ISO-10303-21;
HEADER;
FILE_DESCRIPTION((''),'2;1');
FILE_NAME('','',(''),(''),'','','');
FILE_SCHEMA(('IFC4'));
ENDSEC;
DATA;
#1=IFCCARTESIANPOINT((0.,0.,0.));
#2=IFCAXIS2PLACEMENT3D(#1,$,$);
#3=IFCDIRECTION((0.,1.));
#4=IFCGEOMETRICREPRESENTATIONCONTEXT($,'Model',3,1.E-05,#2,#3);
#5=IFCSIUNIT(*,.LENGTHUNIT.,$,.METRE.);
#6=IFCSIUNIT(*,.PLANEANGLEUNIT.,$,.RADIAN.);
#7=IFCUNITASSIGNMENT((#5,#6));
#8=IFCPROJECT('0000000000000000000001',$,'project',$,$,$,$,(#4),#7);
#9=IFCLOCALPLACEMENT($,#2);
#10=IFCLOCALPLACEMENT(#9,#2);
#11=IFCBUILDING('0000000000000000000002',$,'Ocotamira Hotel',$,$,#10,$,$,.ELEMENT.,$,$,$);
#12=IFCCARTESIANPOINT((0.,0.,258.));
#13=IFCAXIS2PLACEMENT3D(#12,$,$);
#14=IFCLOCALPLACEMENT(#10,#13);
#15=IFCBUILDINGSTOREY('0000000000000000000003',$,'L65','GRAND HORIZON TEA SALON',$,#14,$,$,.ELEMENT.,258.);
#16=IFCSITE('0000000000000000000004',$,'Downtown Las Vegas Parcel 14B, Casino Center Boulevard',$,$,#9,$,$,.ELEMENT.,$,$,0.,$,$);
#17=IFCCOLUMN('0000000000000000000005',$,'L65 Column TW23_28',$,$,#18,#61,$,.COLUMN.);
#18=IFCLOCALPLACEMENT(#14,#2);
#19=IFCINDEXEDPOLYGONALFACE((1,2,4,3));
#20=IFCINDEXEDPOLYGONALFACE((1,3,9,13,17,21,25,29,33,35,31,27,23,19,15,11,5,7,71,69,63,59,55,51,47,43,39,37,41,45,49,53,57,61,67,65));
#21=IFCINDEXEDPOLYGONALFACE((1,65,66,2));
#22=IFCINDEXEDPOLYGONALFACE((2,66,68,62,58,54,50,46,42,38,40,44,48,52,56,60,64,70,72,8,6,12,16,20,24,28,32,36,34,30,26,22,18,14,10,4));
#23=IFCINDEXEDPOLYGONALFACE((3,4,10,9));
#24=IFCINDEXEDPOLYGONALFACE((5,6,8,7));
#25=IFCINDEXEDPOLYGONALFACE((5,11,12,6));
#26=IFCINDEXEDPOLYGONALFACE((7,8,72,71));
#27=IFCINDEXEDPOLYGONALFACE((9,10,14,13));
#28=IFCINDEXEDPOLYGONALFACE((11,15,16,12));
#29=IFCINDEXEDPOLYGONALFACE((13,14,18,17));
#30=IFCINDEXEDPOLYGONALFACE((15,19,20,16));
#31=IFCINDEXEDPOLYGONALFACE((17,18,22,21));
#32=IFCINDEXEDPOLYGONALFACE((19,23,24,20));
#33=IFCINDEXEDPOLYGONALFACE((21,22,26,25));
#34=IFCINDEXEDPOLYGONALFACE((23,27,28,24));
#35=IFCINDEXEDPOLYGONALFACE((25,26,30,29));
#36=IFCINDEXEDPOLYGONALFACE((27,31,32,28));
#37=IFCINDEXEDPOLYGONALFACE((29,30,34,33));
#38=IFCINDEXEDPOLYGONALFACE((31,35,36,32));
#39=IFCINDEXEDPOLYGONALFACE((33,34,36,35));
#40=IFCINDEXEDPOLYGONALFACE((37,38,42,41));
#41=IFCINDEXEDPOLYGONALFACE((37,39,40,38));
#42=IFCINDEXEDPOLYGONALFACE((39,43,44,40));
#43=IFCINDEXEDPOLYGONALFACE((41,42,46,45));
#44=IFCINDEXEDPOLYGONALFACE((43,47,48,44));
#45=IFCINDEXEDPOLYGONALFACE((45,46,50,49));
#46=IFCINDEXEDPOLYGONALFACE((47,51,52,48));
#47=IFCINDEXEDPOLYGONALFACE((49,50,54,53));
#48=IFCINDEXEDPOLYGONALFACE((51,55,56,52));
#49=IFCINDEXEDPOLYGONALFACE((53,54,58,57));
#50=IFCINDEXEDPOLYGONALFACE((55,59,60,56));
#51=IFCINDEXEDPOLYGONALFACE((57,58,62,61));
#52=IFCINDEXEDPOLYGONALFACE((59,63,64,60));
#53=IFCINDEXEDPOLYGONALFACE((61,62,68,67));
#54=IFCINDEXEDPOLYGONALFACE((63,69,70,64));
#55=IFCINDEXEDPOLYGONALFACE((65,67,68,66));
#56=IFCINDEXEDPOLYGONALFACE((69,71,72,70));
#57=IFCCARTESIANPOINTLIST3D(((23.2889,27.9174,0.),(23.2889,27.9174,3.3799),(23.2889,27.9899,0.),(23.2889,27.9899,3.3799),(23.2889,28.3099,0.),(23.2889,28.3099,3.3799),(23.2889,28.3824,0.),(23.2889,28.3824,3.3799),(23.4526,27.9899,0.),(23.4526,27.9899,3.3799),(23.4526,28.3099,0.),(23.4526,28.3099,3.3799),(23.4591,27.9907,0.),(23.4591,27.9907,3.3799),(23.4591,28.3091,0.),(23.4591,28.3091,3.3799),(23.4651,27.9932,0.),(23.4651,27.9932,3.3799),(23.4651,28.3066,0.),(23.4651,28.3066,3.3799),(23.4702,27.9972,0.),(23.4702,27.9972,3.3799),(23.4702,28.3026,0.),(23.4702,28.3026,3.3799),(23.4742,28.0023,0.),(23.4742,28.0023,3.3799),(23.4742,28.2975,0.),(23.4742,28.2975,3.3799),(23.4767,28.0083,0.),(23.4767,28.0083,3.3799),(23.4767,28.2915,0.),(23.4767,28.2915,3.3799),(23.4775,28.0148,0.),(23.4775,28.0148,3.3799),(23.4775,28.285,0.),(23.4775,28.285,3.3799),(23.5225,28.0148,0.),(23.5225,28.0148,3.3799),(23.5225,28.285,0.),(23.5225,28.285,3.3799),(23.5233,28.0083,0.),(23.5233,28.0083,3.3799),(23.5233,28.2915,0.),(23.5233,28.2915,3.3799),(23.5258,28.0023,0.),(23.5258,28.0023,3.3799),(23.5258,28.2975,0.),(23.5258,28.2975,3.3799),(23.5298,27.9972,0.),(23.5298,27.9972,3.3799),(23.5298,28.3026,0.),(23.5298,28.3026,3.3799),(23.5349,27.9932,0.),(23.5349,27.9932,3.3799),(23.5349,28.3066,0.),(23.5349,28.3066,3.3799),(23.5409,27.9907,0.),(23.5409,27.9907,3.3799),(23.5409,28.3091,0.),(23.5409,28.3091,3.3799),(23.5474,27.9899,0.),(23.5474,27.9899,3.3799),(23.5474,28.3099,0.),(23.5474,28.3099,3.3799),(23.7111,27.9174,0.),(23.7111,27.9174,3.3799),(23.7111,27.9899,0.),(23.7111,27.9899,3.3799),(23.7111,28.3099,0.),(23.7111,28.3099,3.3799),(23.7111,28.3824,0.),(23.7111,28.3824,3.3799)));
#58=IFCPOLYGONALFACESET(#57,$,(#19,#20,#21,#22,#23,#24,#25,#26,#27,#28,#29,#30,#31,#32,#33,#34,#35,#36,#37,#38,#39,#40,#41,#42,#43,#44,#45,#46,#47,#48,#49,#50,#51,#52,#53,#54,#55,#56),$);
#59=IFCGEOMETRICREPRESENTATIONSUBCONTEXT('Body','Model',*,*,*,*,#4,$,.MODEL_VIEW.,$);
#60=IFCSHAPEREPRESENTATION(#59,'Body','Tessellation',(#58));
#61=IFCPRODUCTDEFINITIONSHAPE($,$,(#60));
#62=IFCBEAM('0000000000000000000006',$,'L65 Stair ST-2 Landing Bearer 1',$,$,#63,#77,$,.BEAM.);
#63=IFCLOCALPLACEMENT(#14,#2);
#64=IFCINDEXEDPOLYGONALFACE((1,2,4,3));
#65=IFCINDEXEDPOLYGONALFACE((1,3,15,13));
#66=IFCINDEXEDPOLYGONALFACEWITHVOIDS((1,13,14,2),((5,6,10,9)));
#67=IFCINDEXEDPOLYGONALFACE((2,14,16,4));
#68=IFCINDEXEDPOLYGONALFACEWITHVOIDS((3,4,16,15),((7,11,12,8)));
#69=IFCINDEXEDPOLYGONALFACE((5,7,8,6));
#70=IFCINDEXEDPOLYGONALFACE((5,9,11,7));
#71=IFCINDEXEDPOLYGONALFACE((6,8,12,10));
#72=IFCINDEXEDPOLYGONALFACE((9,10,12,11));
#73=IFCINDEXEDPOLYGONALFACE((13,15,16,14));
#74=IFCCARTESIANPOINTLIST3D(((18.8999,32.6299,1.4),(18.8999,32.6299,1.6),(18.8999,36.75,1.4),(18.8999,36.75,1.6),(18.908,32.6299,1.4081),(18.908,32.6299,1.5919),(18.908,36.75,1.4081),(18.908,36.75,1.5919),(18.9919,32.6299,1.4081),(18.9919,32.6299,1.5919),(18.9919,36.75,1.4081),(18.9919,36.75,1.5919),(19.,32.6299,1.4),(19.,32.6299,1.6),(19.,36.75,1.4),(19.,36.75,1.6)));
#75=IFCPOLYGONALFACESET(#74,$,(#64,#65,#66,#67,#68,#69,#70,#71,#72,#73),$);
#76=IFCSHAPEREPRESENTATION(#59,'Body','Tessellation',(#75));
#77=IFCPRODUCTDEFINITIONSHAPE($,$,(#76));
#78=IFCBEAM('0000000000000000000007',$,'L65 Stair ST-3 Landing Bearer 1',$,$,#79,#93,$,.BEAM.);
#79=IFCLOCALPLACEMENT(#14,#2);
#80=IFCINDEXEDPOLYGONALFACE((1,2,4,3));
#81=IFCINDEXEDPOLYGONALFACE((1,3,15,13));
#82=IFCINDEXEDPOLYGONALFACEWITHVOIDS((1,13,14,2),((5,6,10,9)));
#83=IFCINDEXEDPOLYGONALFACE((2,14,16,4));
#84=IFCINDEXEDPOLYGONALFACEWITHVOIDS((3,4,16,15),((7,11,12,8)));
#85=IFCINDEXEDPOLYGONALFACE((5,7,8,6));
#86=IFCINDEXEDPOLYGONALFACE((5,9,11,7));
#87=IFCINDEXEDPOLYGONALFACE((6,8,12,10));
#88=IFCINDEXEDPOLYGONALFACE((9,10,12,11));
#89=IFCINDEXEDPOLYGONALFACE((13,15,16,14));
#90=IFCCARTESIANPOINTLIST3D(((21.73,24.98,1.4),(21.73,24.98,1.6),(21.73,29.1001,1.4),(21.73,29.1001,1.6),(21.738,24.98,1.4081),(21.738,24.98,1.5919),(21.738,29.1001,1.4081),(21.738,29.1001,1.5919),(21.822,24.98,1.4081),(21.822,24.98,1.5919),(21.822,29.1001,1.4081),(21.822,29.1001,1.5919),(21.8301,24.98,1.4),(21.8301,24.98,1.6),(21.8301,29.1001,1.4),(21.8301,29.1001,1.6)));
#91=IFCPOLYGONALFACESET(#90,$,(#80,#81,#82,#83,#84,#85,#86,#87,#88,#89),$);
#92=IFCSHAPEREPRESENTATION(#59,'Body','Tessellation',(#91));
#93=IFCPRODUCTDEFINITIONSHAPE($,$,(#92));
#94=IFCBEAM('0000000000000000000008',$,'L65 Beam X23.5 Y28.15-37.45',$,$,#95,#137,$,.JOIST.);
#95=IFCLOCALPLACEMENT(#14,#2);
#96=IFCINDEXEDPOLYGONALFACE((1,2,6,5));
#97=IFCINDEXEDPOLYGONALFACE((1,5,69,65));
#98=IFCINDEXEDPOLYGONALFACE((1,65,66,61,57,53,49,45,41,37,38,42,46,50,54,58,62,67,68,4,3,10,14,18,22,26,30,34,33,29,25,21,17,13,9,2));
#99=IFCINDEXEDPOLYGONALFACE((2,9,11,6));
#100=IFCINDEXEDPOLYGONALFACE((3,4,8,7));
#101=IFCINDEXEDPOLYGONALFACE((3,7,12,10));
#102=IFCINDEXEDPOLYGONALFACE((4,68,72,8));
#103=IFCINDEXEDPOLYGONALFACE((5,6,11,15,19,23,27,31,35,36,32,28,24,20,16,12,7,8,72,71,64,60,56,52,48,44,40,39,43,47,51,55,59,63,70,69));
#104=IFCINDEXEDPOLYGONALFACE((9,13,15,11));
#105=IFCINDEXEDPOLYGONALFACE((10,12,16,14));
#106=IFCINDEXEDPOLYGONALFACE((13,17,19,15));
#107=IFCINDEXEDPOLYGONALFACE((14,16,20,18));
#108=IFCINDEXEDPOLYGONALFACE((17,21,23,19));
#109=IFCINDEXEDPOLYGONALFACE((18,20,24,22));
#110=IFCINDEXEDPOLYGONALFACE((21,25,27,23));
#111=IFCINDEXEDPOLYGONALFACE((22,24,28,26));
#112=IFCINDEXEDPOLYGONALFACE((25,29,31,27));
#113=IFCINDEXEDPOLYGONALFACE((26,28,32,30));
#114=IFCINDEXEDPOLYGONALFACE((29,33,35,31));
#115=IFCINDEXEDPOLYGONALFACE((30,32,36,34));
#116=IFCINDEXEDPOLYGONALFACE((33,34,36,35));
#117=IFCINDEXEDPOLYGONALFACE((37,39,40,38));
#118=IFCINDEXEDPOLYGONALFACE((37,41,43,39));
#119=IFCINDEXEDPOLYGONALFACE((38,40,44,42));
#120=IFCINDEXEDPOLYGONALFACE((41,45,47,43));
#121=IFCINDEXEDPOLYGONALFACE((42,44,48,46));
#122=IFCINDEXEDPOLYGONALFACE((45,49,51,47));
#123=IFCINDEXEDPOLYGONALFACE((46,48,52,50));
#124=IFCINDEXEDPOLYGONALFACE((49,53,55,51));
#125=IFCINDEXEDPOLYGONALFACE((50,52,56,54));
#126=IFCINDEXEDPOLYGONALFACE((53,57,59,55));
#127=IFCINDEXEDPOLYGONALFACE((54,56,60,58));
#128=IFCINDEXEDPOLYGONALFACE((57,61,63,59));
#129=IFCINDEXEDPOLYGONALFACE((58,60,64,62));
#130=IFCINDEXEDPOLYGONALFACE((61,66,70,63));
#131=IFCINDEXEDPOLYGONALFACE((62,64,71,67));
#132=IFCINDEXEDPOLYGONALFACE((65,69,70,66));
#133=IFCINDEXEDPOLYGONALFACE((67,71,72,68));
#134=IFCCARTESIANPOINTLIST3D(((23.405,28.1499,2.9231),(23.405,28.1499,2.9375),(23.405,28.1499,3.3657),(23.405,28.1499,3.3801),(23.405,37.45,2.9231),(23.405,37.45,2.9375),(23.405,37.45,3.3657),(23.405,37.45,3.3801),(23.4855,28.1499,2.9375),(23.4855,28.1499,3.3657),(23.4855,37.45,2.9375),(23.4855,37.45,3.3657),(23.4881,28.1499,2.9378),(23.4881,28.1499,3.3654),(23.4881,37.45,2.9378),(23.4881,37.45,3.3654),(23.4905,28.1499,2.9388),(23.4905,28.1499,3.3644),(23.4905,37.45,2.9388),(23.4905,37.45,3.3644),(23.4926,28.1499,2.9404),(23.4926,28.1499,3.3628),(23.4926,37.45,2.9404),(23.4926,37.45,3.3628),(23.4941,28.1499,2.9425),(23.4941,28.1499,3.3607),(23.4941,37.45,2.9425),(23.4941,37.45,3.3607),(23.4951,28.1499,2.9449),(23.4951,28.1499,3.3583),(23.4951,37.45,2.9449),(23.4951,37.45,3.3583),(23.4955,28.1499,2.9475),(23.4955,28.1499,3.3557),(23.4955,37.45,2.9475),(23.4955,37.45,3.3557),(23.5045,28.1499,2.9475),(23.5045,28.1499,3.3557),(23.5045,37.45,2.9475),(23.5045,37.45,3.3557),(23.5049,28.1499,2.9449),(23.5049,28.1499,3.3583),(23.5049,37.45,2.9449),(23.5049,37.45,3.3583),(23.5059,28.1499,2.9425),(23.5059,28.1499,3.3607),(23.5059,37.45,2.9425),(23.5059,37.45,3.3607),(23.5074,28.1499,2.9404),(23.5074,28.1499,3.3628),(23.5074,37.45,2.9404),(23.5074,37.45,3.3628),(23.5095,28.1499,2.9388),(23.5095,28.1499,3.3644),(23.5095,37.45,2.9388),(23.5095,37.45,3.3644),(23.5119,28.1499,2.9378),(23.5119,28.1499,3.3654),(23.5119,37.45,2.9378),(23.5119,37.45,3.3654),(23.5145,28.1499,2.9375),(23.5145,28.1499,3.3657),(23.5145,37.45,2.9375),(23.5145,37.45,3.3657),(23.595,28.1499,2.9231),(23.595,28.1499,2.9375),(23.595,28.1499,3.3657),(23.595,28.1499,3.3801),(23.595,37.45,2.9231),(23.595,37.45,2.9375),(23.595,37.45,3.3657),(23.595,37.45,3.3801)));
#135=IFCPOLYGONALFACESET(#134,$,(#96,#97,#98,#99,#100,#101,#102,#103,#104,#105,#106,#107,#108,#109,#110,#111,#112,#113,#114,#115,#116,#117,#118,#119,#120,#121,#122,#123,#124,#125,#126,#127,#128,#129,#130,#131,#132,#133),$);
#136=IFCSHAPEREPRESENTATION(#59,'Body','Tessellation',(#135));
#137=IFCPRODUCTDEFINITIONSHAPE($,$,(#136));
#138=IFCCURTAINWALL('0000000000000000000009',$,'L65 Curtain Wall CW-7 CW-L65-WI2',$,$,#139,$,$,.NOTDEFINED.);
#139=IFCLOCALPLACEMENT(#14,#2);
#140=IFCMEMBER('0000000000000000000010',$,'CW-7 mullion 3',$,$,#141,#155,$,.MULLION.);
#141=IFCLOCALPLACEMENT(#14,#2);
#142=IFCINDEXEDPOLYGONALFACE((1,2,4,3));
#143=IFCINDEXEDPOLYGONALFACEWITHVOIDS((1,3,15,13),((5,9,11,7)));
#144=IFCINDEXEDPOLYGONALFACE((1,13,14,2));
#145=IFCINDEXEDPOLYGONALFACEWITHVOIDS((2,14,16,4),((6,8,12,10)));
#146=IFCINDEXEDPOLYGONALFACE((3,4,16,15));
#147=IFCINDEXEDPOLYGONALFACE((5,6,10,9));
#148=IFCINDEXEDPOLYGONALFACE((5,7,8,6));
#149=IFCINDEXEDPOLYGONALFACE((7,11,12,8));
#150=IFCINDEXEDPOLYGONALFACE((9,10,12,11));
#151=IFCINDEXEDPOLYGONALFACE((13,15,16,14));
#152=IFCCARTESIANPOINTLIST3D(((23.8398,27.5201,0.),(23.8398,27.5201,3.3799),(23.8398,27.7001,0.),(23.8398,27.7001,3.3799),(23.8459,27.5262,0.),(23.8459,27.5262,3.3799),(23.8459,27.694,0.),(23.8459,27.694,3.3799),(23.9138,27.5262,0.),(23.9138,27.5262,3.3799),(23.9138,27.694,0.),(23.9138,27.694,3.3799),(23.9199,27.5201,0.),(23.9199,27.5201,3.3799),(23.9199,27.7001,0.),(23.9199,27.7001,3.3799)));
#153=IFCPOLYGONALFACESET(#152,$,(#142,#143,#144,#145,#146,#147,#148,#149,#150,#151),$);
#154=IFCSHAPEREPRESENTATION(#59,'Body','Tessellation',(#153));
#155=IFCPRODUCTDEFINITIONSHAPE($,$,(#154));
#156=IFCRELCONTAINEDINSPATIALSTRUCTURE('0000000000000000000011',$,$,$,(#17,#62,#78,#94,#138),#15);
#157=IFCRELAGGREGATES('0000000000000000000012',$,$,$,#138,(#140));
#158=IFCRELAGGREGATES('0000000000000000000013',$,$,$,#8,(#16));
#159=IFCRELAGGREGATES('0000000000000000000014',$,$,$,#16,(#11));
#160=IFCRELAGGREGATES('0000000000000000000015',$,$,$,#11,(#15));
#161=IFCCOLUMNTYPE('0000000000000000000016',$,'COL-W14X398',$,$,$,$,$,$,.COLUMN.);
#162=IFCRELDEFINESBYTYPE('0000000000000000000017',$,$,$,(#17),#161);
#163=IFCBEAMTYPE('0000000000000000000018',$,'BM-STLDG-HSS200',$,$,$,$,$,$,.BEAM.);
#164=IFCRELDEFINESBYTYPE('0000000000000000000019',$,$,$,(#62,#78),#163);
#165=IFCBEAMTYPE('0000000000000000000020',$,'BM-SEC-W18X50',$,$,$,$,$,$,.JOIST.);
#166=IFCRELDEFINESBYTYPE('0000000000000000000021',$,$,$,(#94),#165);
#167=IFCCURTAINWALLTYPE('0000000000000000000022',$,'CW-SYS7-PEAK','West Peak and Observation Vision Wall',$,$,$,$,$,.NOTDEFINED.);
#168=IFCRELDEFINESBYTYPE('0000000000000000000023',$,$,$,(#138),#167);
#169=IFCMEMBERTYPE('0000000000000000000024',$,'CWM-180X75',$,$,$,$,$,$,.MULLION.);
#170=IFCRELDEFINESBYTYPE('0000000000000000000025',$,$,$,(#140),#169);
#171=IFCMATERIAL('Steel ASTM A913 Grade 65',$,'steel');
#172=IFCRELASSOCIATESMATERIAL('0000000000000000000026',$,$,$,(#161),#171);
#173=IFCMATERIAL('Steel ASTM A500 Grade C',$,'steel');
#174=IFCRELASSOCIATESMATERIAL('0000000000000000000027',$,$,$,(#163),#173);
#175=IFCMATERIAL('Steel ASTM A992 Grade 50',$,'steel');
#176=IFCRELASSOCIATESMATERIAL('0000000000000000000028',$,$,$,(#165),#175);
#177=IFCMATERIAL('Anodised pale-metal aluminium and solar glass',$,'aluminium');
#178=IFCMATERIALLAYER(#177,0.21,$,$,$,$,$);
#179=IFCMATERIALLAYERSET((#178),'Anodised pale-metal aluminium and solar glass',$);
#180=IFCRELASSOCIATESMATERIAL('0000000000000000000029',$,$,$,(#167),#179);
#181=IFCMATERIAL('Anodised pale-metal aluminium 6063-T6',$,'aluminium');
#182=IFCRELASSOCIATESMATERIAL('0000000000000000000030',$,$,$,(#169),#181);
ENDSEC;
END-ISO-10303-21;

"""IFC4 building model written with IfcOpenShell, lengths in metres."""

from ifc_helpers import new_model, si_unit, direction, frame, origin, origin_2d, place, context, subcontext, project, spatial, hollow_rectangle, i_section, extrude, source, transform, mapped, material, layer, layer_set, material_profile, profile_set, type_object, element, aggregate, save


model = new_model("IFC4")

# Units and contexts
model_context = context("Model", 3, precision=1e-05, world=origin(), true_north=direction((0.0, 1.0)))
body_context = subcontext(model_context, "Body", "Model", "MODEL_VIEW")
ifc_project = project(units=[si_unit("LENGTHUNIT", "METRE"), si_unit("PLANEANGLEUNIT", "RADIAN")], contexts=[model_context])

# Site, building, storey
site_placement = place(None, origin())
site = spatial("IfcSite", under=ifc_project, at=site_placement, Name="Downtown Las Vegas Parcel 14B, Casino Center Boulevard", CompositionType="ELEMENT", RefElevation=0.0)
building_placement = place(site_placement, origin())
building = spatial("IfcBuilding", under=site, at=building_placement, Name="Ocotamira Hotel", CompositionType="ELEMENT")
storey_placement = place(building_placement, frame((0.0, 0.0, 258.0)))
storey = spatial("IfcBuildingStorey", under=building, at=storey_placement, Name="L65", Description="GRAND HORIZON TEA SALON", CompositionType="ELEMENT", Elevation=258.0)

# Column
ifc_material_1 = material(Name="Steel ASTM A913 Grade 65", Category="steel")
ifc_material_profile_1 = material_profile(ifc_material_1, i_section(OverallWidth=0.4221, OverallDepth=0.4651, WebThickness=0.0449, FlangeThickness=0.0725, FilletRadius=0.0249, at=origin_2d()), Name="W14X398")
ifc_profile_set_1 = profile_set([ifc_material_profile_1], Name="Steel ASTM A913 Grade 65")
column_type = type_object("IfcColumnType", Name="COL-W14X398", PredefinedType="COLUMN", material=ifc_profile_set_1)
shared_shape_1 = source(origin(), body_context, "Body", "SweptSolid", [
    extrude(i_section(OverallWidth=0.4221, OverallDepth=0.4651, WebThickness=0.0449, FlangeThickness=0.0725, FilletRadius=0.0249, at=origin_2d()), origin(), (0.0, 0.0, 1.0), 3.3799),
])
column_placement = place(storey_placement, frame((23.5, 28.1499, 0.0), z_axis=(0.0, 0.0, 1.0), x_axis=(1.0, 0.0, 0.0)))
element("IfcColumn", 1, at=column_placement, inside=storey, type_object=column_type, Name="L65 Column TW23_28", PredefinedType="COLUMN", context=body_context, shape_type="MappedRepresentation", body=[
    mapped(shared_shape_1, transform((0.0, 0.0, 0.0), scale=1.0)),
])

# Beams
ifc_material_2 = material(Name="Steel ASTM A500 Grade C", Category="steel")
ifc_material_profile_2 = material_profile(ifc_material_2, hollow_rectangle(XDim=0.1001, YDim=0.2, WallThickness=0.0081, at=origin_2d()), Name="HSS200X100X8")
ifc_profile_set_2 = profile_set([ifc_material_profile_2], Name="Steel ASTM A500 Grade C")
beam_type_1 = type_object("IfcBeamType", Name="BM-STLDG-HSS200", PredefinedType="BEAM", material=ifc_profile_set_2)
shared_shape_2 = source(origin(), body_context, "Body", "SweptSolid", [
    extrude(hollow_rectangle(XDim=0.1001, YDim=0.2, WallThickness=0.0081, at=origin_2d()), origin(), (0.0, 0.0, 1.0), 4.1201),
])
for number, where, z_axis, x_axis, name in (
    (2, (18.95, 32.6299, 1.5), (0.0, 1.0, 0.0), (-1.0, 0.0, 0.0), "L65 Stair ST-2 Landing Bearer 1"),
    (3, (21.78, 24.98, 1.5), (0.0, 1.0, 0.0), (-1.0, 0.0, 0.0), "L65 Stair ST-3 Landing Bearer 1"),
):
    element("IfcBeam", number, at=place(storey_placement, frame(where, z_axis=z_axis, x_axis=x_axis)), inside=storey, type_object=beam_type_1, Name=name, PredefinedType="BEAM", context=body_context, shape_type="MappedRepresentation", body=[
        mapped(shared_shape_2, transform((0.0, 0.0, 0.0), scale=1.0)),
    ])
ifc_material_3 = material(Name="Steel ASTM A992 Grade 50", Category="steel")
ifc_material_profile_3 = material_profile(ifc_material_3, i_section(OverallWidth=0.1899, OverallDepth=0.457, WebThickness=0.009, FlangeThickness=0.0144, FilletRadius=0.01, at=origin_2d()), Name="W18X50")
ifc_profile_set_3 = profile_set([ifc_material_profile_3], Name="Steel ASTM A992 Grade 50")
beam_type_2 = type_object("IfcBeamType", Name="BM-SEC-W18X50", PredefinedType="JOIST", material=ifc_profile_set_3)
shared_shape_3 = source(origin(), body_context, "Body", "SweptSolid", [
    extrude(i_section(OverallWidth=0.1899, OverallDepth=0.457, WebThickness=0.009, FlangeThickness=0.0144, FilletRadius=0.01, at=origin_2d()), origin(), (0.0, 0.0, 1.0), 9.3),
])
beam_placement = place(storey_placement, frame((23.5, 28.1499, 3.1516), z_axis=(0.0, 1.0, 0.0), x_axis=(-1.0, 0.0, 0.0)))
element("IfcBeam", 4, at=beam_placement, inside=storey, type_object=beam_type_2, Name="L65 Beam X23.5 Y28.15-37.45", PredefinedType="JOIST", context=body_context, shape_type="MappedRepresentation", body=[
    mapped(shared_shape_3, transform((0.0, 0.0, 0.0), scale=1.0)),
])

# Curtain wall, member
ifc_material_4 = material(Name="Anodised pale-metal aluminium and solar glass", Category="aluminium")
ifc_layer_1 = layer(ifc_material_4, 0.21)
ifc_layer_set_1 = layer_set([ifc_layer_1], Name="Anodised pale-metal aluminium and solar glass")
curtain_wall_type = type_object("IfcCurtainWallType", Name="CW-SYS7-PEAK", Description="West Peak and Observation Vision Wall", PredefinedType="NOTDEFINED", material=ifc_layer_set_1)
curtain_wall_placement = place(storey_placement, origin())
curtain_wall = element("IfcCurtainWall", 5, at=curtain_wall_placement, inside=storey, type_object=curtain_wall_type, Name="L65 Curtain Wall CW-7 CW-L65-WI2", PredefinedType="NOTDEFINED")
ifc_material_5 = material(Name="Anodised pale-metal aluminium 6063-T6", Category="aluminium")
ifc_material_profile_4 = material_profile(ifc_material_5, hollow_rectangle(XDim=0.0801, YDim=0.1799, WallThickness=0.0061, at=origin_2d()), Name="HSS180X80X6")
ifc_profile_set_4 = profile_set([ifc_material_profile_4], Name="Anodised pale-metal aluminium 6063-T6")
member_type = type_object("IfcMemberType", Name="CWM-180X75", PredefinedType="MULLION", material=ifc_profile_set_4)
shared_shape_4 = source(origin(), body_context, "Body", "SweptSolid", [
    extrude(hollow_rectangle(XDim=0.0801, YDim=0.1799, WallThickness=0.0061, at=origin_2d()), origin(), (0.0, 0.0, 1.0), 3.3799),
])
member_placement = place(storey_placement, frame((23.8799, 27.6101, 0.0), z_axis=(0.0, 0.0, 1.0), x_axis=(-1.0, 0.0, 0.0)))
member = element("IfcMember", 6, at=member_placement, type_object=member_type, Name="CW-7 mullion 3", PredefinedType="MULLION", context=body_context, shape_type="MappedRepresentation", body=[
    mapped(shared_shape_4, transform((0.0, 0.0, 0.0), scale=1.0)),
])
aggregate(curtain_wall, [member])

save(model, "model.ifc")
